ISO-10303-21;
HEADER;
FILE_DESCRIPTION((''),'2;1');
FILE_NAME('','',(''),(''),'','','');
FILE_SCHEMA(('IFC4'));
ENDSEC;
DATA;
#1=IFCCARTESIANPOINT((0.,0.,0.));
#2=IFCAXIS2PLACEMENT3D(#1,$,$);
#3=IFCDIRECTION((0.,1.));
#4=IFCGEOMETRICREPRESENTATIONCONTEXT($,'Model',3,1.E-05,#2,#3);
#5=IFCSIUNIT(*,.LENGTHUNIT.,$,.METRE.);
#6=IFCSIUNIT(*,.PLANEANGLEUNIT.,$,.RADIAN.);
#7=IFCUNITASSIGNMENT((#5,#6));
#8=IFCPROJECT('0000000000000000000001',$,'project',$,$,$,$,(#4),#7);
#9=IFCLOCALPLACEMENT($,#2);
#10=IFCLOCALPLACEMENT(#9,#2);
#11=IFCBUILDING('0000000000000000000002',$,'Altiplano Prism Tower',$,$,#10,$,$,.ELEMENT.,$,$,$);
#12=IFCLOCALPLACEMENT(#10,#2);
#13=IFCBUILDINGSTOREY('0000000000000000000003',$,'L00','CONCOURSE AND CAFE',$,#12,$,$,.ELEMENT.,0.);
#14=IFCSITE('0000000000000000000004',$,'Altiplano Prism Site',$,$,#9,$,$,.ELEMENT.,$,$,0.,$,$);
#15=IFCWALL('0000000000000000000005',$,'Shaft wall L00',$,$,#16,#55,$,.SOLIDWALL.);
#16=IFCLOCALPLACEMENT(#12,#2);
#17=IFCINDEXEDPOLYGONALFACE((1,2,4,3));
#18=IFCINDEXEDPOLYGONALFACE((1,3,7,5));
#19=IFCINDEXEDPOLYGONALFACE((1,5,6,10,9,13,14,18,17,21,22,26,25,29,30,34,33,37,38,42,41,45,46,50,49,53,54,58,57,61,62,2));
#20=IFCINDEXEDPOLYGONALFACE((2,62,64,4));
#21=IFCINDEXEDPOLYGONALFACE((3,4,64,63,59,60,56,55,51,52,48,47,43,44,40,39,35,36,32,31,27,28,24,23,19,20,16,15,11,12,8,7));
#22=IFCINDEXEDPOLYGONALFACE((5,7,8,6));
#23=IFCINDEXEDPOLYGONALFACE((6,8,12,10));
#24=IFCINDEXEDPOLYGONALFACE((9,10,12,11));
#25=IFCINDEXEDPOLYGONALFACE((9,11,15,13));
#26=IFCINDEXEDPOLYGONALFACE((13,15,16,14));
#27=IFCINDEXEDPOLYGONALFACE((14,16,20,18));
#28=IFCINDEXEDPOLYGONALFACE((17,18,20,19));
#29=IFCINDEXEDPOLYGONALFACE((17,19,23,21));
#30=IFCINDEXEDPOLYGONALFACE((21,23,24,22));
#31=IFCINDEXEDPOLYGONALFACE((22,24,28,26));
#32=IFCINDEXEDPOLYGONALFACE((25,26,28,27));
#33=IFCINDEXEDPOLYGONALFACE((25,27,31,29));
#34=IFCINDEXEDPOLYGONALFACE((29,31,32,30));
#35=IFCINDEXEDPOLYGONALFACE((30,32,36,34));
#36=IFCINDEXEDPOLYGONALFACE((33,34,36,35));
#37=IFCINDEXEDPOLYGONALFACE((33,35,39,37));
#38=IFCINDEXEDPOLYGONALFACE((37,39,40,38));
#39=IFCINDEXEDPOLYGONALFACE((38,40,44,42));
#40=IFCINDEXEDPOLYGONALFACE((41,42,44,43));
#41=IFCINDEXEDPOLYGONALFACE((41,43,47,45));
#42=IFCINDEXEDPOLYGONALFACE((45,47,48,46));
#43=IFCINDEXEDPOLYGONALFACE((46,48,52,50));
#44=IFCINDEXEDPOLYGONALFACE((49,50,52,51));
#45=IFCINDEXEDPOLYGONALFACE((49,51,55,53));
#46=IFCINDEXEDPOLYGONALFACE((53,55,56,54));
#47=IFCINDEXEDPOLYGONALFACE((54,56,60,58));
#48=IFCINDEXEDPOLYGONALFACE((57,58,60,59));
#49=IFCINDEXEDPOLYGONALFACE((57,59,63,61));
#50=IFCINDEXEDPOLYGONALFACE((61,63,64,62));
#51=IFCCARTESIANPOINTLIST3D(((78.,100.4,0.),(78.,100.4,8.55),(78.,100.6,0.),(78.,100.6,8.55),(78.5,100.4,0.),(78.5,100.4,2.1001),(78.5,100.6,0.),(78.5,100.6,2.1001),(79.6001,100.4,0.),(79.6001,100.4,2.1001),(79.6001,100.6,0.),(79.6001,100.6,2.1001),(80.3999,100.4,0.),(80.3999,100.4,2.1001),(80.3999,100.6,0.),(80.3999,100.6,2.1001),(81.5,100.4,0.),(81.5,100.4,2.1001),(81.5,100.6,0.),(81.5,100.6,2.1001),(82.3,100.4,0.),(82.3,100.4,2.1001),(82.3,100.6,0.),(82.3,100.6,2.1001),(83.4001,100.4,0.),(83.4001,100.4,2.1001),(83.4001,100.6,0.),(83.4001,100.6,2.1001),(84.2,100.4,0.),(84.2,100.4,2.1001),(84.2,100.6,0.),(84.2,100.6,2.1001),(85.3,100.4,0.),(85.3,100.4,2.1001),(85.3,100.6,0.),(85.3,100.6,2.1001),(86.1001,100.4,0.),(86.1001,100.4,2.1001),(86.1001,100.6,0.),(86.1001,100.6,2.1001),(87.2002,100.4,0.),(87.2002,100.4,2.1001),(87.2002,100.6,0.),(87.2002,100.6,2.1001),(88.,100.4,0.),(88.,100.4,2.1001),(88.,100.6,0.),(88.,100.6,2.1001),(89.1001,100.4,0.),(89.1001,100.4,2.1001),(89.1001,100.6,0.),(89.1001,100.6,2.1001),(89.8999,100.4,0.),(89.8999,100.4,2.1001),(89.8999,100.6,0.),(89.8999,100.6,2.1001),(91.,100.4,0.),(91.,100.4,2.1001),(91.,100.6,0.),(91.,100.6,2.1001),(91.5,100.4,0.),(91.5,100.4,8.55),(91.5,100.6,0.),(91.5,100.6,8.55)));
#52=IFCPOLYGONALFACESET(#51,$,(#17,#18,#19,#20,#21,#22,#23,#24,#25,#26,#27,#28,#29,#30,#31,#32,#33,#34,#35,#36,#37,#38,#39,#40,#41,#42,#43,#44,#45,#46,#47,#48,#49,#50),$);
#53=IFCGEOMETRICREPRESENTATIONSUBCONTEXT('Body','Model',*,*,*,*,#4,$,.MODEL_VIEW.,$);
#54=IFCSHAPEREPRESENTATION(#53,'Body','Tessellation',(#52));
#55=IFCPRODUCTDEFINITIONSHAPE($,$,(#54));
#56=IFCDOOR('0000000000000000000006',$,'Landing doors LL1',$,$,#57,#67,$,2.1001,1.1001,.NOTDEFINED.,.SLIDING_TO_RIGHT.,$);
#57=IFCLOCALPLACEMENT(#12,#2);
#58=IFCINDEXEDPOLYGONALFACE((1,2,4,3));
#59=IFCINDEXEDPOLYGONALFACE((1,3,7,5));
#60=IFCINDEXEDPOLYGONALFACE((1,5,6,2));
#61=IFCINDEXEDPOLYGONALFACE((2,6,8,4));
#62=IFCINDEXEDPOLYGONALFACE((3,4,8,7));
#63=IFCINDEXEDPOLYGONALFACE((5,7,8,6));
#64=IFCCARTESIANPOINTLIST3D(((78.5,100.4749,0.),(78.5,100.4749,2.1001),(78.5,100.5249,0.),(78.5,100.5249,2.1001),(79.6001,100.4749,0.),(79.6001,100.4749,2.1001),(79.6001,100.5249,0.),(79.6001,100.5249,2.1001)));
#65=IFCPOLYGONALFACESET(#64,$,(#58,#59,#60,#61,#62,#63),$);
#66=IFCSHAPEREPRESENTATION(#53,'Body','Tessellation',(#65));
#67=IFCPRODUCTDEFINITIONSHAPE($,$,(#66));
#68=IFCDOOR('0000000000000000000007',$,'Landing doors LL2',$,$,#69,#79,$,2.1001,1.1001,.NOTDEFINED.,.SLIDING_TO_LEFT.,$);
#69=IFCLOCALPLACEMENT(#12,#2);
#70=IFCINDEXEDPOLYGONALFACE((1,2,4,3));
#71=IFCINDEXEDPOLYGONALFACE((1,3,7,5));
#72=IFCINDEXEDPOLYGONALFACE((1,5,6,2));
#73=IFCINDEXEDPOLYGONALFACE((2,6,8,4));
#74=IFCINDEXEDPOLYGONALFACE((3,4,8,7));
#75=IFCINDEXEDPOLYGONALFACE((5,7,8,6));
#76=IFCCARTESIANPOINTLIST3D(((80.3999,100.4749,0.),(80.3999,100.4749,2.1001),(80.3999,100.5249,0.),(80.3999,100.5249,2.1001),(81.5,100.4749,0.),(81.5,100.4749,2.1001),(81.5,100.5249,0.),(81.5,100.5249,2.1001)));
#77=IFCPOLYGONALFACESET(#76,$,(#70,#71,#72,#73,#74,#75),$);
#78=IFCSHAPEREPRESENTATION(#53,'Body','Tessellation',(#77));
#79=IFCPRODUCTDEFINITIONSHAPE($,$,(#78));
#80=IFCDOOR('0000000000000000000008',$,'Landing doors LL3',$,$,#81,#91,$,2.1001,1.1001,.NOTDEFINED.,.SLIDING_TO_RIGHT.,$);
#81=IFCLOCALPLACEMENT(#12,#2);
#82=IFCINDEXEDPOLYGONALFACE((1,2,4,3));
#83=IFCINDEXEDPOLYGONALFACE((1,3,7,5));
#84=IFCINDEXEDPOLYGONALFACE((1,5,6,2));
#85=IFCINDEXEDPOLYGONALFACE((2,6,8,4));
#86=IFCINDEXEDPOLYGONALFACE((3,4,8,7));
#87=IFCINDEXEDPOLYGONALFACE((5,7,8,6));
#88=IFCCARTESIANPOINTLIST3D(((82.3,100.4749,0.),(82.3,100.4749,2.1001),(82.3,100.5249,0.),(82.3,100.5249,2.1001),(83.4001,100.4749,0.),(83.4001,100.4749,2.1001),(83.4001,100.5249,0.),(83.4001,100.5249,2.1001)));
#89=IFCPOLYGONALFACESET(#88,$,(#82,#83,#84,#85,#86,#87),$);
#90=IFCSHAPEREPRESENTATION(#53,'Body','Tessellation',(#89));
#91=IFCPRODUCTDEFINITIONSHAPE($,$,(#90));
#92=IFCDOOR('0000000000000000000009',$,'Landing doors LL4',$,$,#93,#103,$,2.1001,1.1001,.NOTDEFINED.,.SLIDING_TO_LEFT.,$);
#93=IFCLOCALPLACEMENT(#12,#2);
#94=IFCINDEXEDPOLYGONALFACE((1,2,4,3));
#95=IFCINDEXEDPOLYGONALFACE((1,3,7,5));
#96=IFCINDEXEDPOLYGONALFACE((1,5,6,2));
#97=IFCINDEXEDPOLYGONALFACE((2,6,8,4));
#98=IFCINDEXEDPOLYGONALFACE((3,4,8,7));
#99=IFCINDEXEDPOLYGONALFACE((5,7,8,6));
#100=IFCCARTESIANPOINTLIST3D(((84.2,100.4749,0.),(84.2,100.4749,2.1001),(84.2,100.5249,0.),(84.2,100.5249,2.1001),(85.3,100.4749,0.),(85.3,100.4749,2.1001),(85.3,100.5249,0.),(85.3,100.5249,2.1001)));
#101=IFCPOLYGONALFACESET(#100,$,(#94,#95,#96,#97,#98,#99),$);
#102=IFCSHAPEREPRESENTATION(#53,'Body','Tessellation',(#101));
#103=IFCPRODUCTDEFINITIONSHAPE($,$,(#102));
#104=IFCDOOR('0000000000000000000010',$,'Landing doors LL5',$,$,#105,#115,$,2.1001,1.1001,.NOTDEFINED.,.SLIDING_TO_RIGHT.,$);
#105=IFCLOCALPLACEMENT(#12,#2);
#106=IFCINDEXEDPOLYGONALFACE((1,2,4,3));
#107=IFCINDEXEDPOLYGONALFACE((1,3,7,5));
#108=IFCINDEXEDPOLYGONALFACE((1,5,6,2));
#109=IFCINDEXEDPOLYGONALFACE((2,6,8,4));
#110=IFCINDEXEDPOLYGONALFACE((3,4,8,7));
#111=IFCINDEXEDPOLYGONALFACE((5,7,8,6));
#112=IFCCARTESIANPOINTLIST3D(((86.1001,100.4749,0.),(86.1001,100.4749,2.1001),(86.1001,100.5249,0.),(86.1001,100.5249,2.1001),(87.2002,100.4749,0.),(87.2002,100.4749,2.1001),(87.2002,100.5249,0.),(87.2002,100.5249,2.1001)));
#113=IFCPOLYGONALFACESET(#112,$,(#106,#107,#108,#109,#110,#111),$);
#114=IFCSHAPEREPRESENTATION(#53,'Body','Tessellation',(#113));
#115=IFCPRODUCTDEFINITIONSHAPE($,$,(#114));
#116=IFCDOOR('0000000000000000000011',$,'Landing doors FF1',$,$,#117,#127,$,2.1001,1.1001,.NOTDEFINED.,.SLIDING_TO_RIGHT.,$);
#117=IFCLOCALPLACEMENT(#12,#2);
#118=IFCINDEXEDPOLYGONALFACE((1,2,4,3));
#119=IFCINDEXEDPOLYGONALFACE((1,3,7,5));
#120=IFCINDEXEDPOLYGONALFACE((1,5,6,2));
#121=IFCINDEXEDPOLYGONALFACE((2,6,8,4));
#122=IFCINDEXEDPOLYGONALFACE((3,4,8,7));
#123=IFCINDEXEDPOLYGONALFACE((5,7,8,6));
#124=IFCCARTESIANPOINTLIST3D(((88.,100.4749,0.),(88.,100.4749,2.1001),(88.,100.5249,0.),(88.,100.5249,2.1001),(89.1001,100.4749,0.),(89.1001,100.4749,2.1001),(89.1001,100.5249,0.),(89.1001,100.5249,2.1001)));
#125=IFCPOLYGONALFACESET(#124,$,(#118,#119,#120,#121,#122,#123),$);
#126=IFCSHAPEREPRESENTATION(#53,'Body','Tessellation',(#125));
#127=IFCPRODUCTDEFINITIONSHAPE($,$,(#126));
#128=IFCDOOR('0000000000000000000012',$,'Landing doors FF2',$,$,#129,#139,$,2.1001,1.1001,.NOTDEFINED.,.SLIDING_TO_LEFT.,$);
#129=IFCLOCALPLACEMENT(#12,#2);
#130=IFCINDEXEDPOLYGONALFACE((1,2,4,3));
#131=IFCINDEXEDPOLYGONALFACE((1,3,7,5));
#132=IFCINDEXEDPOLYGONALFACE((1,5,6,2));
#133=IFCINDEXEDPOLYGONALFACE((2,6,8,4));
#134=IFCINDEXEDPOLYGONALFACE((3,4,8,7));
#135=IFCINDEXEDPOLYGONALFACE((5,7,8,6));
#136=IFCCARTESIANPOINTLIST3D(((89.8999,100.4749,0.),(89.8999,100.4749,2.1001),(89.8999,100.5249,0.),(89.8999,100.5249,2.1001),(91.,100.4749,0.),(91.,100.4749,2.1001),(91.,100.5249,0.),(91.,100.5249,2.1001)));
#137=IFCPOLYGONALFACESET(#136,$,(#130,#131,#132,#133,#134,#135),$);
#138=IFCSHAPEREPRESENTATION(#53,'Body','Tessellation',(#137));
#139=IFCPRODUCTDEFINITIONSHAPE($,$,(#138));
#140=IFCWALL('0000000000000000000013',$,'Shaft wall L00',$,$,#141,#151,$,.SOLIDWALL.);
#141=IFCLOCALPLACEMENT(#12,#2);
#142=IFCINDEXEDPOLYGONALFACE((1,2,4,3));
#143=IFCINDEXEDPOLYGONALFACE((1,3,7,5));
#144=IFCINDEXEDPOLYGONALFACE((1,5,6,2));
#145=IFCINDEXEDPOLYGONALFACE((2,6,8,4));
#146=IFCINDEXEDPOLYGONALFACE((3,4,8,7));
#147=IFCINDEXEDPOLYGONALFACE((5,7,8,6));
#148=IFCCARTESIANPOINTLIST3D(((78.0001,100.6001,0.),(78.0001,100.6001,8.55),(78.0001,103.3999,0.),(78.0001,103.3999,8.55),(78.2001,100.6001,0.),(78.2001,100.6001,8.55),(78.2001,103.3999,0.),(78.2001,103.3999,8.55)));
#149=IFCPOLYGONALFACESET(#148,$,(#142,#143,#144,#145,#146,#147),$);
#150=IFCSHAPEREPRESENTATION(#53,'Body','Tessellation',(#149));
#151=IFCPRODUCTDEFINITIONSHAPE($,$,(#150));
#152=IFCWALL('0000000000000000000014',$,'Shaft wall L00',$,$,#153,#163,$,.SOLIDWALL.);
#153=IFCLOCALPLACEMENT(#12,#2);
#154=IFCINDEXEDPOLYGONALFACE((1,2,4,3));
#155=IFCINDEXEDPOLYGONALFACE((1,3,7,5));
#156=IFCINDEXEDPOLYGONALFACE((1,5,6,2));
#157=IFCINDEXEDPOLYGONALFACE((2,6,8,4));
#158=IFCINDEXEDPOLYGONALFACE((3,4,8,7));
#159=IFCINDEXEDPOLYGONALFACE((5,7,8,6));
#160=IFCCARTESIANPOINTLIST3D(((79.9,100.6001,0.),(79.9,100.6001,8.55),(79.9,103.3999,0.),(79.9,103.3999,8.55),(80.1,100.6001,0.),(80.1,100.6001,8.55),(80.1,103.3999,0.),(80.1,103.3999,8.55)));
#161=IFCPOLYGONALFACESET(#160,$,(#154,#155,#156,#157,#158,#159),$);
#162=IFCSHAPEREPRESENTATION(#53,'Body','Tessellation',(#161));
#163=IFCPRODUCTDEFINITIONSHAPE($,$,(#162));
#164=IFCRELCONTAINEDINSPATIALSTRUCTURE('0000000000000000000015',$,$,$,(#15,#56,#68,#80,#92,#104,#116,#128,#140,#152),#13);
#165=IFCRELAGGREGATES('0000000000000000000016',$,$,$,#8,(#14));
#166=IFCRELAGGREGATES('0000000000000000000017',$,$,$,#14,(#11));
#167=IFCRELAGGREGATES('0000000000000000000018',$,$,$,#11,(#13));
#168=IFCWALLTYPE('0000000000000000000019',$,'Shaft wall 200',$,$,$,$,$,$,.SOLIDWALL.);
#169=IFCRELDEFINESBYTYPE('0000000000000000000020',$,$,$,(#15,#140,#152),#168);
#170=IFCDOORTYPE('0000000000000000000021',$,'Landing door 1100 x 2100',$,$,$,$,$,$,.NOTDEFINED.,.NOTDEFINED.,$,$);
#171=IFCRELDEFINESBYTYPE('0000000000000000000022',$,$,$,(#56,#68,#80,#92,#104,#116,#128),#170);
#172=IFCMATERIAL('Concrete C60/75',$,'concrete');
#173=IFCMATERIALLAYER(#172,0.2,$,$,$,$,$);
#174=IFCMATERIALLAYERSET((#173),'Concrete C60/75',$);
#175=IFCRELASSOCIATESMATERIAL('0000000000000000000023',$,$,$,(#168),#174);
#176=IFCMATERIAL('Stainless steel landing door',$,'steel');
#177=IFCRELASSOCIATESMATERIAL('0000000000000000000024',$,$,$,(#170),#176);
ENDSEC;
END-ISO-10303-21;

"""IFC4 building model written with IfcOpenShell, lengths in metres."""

from ifc_helpers import new_model, si_unit, direction, frame, frame_2d, origin, place, context, subcontext, project, spatial, rectangle, extrude, material, layer, layer_set, type_object, element, fill, save


model = new_model("IFC4")

# Units and contexts
model_context = context("Model", 3, precision=1e-05, world=origin(), true_north=direction((0.0, 1.0)))
body_context = subcontext(model_context, "Body", "Model", "MODEL_VIEW")
ifc_project = project(units=[si_unit("LENGTHUNIT", "METRE"), si_unit("PLANEANGLEUNIT", "RADIAN")], contexts=[model_context])

# Site, building, storey
site_placement = place(None, origin())
site = spatial("IfcSite", under=ifc_project, at=site_placement, Name="Altiplano Prism Site", CompositionType="ELEMENT", RefElevation=0.0)
building_placement = place(site_placement, origin())
building = spatial("IfcBuilding", under=site, at=building_placement, Name="Altiplano Prism Tower", CompositionType="ELEMENT")
storey_placement = place(building_placement, origin())
storey = spatial("IfcBuildingStorey", under=building, at=storey_placement, Name="L00", Description="CONCOURSE AND CAFE", CompositionType="ELEMENT", Elevation=0.0)

# Wall, openings, doors
ifc_material_1 = material(Name="Concrete C60/75", Category="concrete")
ifc_layer = layer(ifc_material_1, 0.2)
ifc_layer_set = layer_set([ifc_layer], Name="Concrete C60/75")
wall_type = type_object("IfcWallType", Name="Shaft wall 200", PredefinedType="SOLIDWALL", material=ifc_layer_set)
wall_placement = place(storey_placement, frame((78.0, 100.5, 0.0), z_axis=(0.0, 0.0, 1.0), x_axis=(1.0, 0.0, 0.0)))
wall = element("IfcWall", 1, at=wall_placement, inside=storey, type_object=wall_type, Name="Shaft wall L00", PredefinedType="SOLIDWALL", context=body_context, shape_type="SweptSolid", body=[
    extrude(rectangle(XDim=13.5, YDim=0.2, at=frame_2d((6.75, 0.0))), origin(), (0.0, 0.0, 1.0), 8.55),
])
opening_1_placement = place(wall_placement, frame((0.5, 0.0, 0.0)))
opening_1 = element("IfcOpeningElement", 2, at=opening_1_placement, cuts=wall, PredefinedType="OPENING", context=body_context, shape_type="SweptSolid", body=[
    extrude(rectangle(XDim=1.1001, YDim=2.1001, at=frame_2d((0.55, 1.05))), frame((0.0, 0.1104, 0.0), z_axis=(0.0, -1.0, 0.0), x_axis=(1.0, 0.0, 0.0)), (0.0, 0.0, 1.0), 0.2209),
])
opening_2_placement = place(wall_placement, frame((2.3999, 0.0, 0.0)))
opening_2 = element("IfcOpeningElement", 3, at=opening_2_placement, cuts=wall, PredefinedType="OPENING", context=body_context, shape_type="SweptSolid", body=[
    extrude(rectangle(XDim=1.1001, YDim=2.1001, at=frame_2d((0.55, 1.05))), frame((0.0, 0.1104, 0.0), z_axis=(0.0, -1.0, 0.0), x_axis=(1.0, 0.0, 0.0)), (0.0, 0.0, 1.0), 0.2209),
])
opening_3_placement = place(wall_placement, frame((4.3, 0.0, 0.0)))
opening_3 = element("IfcOpeningElement", 4, at=opening_3_placement, cuts=wall, PredefinedType="OPENING", context=body_context, shape_type="SweptSolid", body=[
    extrude(rectangle(XDim=1.1001, YDim=2.1001, at=frame_2d((0.55, 1.05))), frame((0.0, 0.1104, 0.0), z_axis=(0.0, -1.0, 0.0), x_axis=(1.0, 0.0, 0.0)), (0.0, 0.0, 1.0), 0.2209),
])
opening_4_placement = place(wall_placement, frame((6.2, 0.0, 0.0)))
opening_4 = element("IfcOpeningElement", 5, at=opening_4_placement, cuts=wall, PredefinedType="OPENING", context=body_context, shape_type="SweptSolid", body=[
    extrude(rectangle(XDim=1.1001, YDim=2.1001, at=frame_2d((0.55, 1.05))), frame((0.0, 0.1104, 0.0), z_axis=(0.0, -1.0, 0.0), x_axis=(1.0, 0.0, 0.0)), (0.0, 0.0, 1.0), 0.2209),
])
opening_5_placement = place(wall_placement, frame((8.1001, 0.0, 0.0)))
opening_5 = element("IfcOpeningElement", 6, at=opening_5_placement, cuts=wall, PredefinedType="OPENING", context=body_context, shape_type="SweptSolid", body=[
    extrude(rectangle(XDim=1.1001, YDim=2.1001, at=frame_2d((0.55, 1.05))), frame((0.0, 0.1104, 0.0), z_axis=(0.0, -1.0, 0.0), x_axis=(1.0, 0.0, 0.0)), (0.0, 0.0, 1.0), 0.2209),
])
opening_6_placement = place(wall_placement, frame((10.0, 0.0, 0.0)))
opening_6 = element("IfcOpeningElement", 7, at=opening_6_placement, cuts=wall, PredefinedType="OPENING", context=body_context, shape_type="SweptSolid", body=[
    extrude(rectangle(XDim=1.1001, YDim=2.1001, at=frame_2d((0.55, 1.05))), frame((0.0, 0.1104, 0.0), z_axis=(0.0, -1.0, 0.0), x_axis=(1.0, 0.0, 0.0)), (0.0, 0.0, 1.0), 0.2209),
])
opening_7_placement = place(wall_placement, frame((11.8999, 0.0, 0.0)))
opening_7 = element("IfcOpeningElement", 8, at=opening_7_placement, cuts=wall, PredefinedType="OPENING", context=body_context, shape_type="SweptSolid", body=[
    extrude(rectangle(XDim=1.1001, YDim=2.1001, at=frame_2d((0.55, 1.05))), frame((0.0, 0.1104, 0.0), z_axis=(0.0, -1.0, 0.0), x_axis=(1.0, 0.0, 0.0)), (0.0, 0.0, 1.0), 0.2209),
])
ifc_material_2 = material(Name="Stainless steel landing door", Category="steel")
door_type = type_object("IfcDoorType", Name="Landing door 1100 x 2100", OperationType="NOTDEFINED", PredefinedType="NOTDEFINED", material=ifc_material_2)
door_1_placement = place(opening_1_placement, origin())
door_1 = element("IfcDoor", 9, at=door_1_placement, inside=storey, type_object=door_type, Name="Landing doors LL1", OperationType="SLIDING_TO_RIGHT", OverallHeight=2.1001, OverallWidth=1.1001, PredefinedType="NOTDEFINED", context=body_context, shape_type="SweptSolid", body=[
    extrude(rectangle(XDim=1.1001, YDim=2.1001, at=frame_2d((0.55, 1.05))), frame((0.0, 0.0249, 0.0), z_axis=(0.0, -1.0, 0.0), x_axis=(1.0, 0.0, 0.0)), (0.0, 0.0, 1.0), 0.05),
])
fill(opening_1, door_1)
door_2_placement = place(opening_2_placement, origin())
door_2 = element("IfcDoor", 10, at=door_2_placement, inside=storey, type_object=door_type, Name="Landing doors LL2", OperationType="SLIDING_TO_LEFT", OverallHeight=2.1001, OverallWidth=1.1001, PredefinedType="NOTDEFINED", context=body_context, shape_type="SweptSolid", body=[
    extrude(rectangle(XDim=1.1001, YDim=2.1001, at=frame_2d((0.55, 1.05))), frame((0.0, 0.0249, 0.0), z_axis=(0.0, -1.0, 0.0), x_axis=(1.0, 0.0, 0.0)), (0.0, 0.0, 1.0), 0.05),
])
fill(opening_2, door_2)
door_3_placement = place(opening_3_placement, origin())
door_3 = element("IfcDoor", 11, at=door_3_placement, inside=storey, type_object=door_type, Name="Landing doors LL3", OperationType="SLIDING_TO_RIGHT", OverallHeight=2.1001, OverallWidth=1.1001, PredefinedType="NOTDEFINED", context=body_context, shape_type="SweptSolid", body=[
    extrude(rectangle(XDim=1.1001, YDim=2.1001, at=frame_2d((0.55, 1.05))), frame((0.0, 0.0249, 0.0), z_axis=(0.0, -1.0, 0.0), x_axis=(1.0, 0.0, 0.0)), (0.0, 0.0, 1.0), 0.05),
])
fill(opening_3, door_3)
door_4_placement = place(opening_4_placement, origin())
door_4 = element("IfcDoor", 12, at=door_4_placement, inside=storey, type_object=door_type, Name="Landing doors LL4", OperationType="SLIDING_TO_LEFT", OverallHeight=2.1001, OverallWidth=1.1001, PredefinedType="NOTDEFINED", context=body_context, shape_type="SweptSolid", body=[
    extrude(rectangle(XDim=1.1001, YDim=2.1001, at=frame_2d((0.55, 1.05))), frame((0.0, 0.0249, 0.0), z_axis=(0.0, -1.0, 0.0), x_axis=(1.0, 0.0, 0.0)), (0.0, 0.0, 1.0), 0.05),
])
fill(opening_4, door_4)
door_5_placement = place(opening_5_placement, origin())
door_5 = element("IfcDoor", 13, at=door_5_placement, inside=storey, type_object=door_type, Name="Landing doors LL5", OperationType="SLIDING_TO_RIGHT", OverallHeight=2.1001, OverallWidth=1.1001, PredefinedType="NOTDEFINED", context=body_context, shape_type="SweptSolid", body=[
    extrude(rectangle(XDim=1.1001, YDim=2.1001, at=frame_2d((0.55, 1.05))), frame((0.0, 0.0249, 0.0), z_axis=(0.0, -1.0, 0.0), x_axis=(1.0, 0.0, 0.0)), (0.0, 0.0, 1.0), 0.05),
])
fill(opening_5, door_5)
door_6_placement = place(opening_6_placement, origin())
door_6 = element("IfcDoor", 14, at=door_6_placement, inside=storey, type_object=door_type, Name="Landing doors FF1", OperationType="SLIDING_TO_RIGHT", OverallHeight=2.1001, OverallWidth=1.1001, PredefinedType="NOTDEFINED", context=body_context, shape_type="SweptSolid", body=[
    extrude(rectangle(XDim=1.1001, YDim=2.1001, at=frame_2d((0.55, 1.05))), frame((0.0, 0.0249, 0.0), z_axis=(0.0, -1.0, 0.0), x_axis=(1.0, 0.0, 0.0)), (0.0, 0.0, 1.0), 0.05),
])
fill(opening_6, door_6)
door_7_placement = place(opening_7_placement, origin())
door_7 = element("IfcDoor", 15, at=door_7_placement, inside=storey, type_object=door_type, Name="Landing doors FF2", OperationType="SLIDING_TO_LEFT", OverallHeight=2.1001, OverallWidth=1.1001, PredefinedType="NOTDEFINED", context=body_context, shape_type="SweptSolid", body=[
    extrude(rectangle(XDim=1.1001, YDim=2.1001, at=frame_2d((0.55, 1.05))), frame((0.0, 0.0249, 0.0), z_axis=(0.0, -1.0, 0.0), x_axis=(1.0, 0.0, 0.0)), (0.0, 0.0, 1.0), 0.05),
])
fill(opening_7, door_7)

# Walls
for number, where, z_axis, x_axis, name in (
    (16, (78.1001, 100.6001, 0.0), (0.0, 0.0, 1.0), (0.0, 1.0, 0.0), "Shaft wall L00"),
    (17, (80.0, 100.6001, 0.0), (0.0, 0.0, 1.0), (0.0, 1.0, 0.0), "Shaft wall L00"),
):
    element("IfcWall", number, at=place(storey_placement, frame(where, z_axis=z_axis, x_axis=x_axis)), inside=storey, type_object=wall_type, Name=name, PredefinedType="SOLIDWALL", context=body_context, shape_type="SweptSolid", body=[
        extrude(rectangle(XDim=2.7998, YDim=0.2, at=frame_2d((1.3999, 0.0))), origin(), (0.0, 0.0, 1.0), 8.55),
    ])

save(model, "model.ifc")
